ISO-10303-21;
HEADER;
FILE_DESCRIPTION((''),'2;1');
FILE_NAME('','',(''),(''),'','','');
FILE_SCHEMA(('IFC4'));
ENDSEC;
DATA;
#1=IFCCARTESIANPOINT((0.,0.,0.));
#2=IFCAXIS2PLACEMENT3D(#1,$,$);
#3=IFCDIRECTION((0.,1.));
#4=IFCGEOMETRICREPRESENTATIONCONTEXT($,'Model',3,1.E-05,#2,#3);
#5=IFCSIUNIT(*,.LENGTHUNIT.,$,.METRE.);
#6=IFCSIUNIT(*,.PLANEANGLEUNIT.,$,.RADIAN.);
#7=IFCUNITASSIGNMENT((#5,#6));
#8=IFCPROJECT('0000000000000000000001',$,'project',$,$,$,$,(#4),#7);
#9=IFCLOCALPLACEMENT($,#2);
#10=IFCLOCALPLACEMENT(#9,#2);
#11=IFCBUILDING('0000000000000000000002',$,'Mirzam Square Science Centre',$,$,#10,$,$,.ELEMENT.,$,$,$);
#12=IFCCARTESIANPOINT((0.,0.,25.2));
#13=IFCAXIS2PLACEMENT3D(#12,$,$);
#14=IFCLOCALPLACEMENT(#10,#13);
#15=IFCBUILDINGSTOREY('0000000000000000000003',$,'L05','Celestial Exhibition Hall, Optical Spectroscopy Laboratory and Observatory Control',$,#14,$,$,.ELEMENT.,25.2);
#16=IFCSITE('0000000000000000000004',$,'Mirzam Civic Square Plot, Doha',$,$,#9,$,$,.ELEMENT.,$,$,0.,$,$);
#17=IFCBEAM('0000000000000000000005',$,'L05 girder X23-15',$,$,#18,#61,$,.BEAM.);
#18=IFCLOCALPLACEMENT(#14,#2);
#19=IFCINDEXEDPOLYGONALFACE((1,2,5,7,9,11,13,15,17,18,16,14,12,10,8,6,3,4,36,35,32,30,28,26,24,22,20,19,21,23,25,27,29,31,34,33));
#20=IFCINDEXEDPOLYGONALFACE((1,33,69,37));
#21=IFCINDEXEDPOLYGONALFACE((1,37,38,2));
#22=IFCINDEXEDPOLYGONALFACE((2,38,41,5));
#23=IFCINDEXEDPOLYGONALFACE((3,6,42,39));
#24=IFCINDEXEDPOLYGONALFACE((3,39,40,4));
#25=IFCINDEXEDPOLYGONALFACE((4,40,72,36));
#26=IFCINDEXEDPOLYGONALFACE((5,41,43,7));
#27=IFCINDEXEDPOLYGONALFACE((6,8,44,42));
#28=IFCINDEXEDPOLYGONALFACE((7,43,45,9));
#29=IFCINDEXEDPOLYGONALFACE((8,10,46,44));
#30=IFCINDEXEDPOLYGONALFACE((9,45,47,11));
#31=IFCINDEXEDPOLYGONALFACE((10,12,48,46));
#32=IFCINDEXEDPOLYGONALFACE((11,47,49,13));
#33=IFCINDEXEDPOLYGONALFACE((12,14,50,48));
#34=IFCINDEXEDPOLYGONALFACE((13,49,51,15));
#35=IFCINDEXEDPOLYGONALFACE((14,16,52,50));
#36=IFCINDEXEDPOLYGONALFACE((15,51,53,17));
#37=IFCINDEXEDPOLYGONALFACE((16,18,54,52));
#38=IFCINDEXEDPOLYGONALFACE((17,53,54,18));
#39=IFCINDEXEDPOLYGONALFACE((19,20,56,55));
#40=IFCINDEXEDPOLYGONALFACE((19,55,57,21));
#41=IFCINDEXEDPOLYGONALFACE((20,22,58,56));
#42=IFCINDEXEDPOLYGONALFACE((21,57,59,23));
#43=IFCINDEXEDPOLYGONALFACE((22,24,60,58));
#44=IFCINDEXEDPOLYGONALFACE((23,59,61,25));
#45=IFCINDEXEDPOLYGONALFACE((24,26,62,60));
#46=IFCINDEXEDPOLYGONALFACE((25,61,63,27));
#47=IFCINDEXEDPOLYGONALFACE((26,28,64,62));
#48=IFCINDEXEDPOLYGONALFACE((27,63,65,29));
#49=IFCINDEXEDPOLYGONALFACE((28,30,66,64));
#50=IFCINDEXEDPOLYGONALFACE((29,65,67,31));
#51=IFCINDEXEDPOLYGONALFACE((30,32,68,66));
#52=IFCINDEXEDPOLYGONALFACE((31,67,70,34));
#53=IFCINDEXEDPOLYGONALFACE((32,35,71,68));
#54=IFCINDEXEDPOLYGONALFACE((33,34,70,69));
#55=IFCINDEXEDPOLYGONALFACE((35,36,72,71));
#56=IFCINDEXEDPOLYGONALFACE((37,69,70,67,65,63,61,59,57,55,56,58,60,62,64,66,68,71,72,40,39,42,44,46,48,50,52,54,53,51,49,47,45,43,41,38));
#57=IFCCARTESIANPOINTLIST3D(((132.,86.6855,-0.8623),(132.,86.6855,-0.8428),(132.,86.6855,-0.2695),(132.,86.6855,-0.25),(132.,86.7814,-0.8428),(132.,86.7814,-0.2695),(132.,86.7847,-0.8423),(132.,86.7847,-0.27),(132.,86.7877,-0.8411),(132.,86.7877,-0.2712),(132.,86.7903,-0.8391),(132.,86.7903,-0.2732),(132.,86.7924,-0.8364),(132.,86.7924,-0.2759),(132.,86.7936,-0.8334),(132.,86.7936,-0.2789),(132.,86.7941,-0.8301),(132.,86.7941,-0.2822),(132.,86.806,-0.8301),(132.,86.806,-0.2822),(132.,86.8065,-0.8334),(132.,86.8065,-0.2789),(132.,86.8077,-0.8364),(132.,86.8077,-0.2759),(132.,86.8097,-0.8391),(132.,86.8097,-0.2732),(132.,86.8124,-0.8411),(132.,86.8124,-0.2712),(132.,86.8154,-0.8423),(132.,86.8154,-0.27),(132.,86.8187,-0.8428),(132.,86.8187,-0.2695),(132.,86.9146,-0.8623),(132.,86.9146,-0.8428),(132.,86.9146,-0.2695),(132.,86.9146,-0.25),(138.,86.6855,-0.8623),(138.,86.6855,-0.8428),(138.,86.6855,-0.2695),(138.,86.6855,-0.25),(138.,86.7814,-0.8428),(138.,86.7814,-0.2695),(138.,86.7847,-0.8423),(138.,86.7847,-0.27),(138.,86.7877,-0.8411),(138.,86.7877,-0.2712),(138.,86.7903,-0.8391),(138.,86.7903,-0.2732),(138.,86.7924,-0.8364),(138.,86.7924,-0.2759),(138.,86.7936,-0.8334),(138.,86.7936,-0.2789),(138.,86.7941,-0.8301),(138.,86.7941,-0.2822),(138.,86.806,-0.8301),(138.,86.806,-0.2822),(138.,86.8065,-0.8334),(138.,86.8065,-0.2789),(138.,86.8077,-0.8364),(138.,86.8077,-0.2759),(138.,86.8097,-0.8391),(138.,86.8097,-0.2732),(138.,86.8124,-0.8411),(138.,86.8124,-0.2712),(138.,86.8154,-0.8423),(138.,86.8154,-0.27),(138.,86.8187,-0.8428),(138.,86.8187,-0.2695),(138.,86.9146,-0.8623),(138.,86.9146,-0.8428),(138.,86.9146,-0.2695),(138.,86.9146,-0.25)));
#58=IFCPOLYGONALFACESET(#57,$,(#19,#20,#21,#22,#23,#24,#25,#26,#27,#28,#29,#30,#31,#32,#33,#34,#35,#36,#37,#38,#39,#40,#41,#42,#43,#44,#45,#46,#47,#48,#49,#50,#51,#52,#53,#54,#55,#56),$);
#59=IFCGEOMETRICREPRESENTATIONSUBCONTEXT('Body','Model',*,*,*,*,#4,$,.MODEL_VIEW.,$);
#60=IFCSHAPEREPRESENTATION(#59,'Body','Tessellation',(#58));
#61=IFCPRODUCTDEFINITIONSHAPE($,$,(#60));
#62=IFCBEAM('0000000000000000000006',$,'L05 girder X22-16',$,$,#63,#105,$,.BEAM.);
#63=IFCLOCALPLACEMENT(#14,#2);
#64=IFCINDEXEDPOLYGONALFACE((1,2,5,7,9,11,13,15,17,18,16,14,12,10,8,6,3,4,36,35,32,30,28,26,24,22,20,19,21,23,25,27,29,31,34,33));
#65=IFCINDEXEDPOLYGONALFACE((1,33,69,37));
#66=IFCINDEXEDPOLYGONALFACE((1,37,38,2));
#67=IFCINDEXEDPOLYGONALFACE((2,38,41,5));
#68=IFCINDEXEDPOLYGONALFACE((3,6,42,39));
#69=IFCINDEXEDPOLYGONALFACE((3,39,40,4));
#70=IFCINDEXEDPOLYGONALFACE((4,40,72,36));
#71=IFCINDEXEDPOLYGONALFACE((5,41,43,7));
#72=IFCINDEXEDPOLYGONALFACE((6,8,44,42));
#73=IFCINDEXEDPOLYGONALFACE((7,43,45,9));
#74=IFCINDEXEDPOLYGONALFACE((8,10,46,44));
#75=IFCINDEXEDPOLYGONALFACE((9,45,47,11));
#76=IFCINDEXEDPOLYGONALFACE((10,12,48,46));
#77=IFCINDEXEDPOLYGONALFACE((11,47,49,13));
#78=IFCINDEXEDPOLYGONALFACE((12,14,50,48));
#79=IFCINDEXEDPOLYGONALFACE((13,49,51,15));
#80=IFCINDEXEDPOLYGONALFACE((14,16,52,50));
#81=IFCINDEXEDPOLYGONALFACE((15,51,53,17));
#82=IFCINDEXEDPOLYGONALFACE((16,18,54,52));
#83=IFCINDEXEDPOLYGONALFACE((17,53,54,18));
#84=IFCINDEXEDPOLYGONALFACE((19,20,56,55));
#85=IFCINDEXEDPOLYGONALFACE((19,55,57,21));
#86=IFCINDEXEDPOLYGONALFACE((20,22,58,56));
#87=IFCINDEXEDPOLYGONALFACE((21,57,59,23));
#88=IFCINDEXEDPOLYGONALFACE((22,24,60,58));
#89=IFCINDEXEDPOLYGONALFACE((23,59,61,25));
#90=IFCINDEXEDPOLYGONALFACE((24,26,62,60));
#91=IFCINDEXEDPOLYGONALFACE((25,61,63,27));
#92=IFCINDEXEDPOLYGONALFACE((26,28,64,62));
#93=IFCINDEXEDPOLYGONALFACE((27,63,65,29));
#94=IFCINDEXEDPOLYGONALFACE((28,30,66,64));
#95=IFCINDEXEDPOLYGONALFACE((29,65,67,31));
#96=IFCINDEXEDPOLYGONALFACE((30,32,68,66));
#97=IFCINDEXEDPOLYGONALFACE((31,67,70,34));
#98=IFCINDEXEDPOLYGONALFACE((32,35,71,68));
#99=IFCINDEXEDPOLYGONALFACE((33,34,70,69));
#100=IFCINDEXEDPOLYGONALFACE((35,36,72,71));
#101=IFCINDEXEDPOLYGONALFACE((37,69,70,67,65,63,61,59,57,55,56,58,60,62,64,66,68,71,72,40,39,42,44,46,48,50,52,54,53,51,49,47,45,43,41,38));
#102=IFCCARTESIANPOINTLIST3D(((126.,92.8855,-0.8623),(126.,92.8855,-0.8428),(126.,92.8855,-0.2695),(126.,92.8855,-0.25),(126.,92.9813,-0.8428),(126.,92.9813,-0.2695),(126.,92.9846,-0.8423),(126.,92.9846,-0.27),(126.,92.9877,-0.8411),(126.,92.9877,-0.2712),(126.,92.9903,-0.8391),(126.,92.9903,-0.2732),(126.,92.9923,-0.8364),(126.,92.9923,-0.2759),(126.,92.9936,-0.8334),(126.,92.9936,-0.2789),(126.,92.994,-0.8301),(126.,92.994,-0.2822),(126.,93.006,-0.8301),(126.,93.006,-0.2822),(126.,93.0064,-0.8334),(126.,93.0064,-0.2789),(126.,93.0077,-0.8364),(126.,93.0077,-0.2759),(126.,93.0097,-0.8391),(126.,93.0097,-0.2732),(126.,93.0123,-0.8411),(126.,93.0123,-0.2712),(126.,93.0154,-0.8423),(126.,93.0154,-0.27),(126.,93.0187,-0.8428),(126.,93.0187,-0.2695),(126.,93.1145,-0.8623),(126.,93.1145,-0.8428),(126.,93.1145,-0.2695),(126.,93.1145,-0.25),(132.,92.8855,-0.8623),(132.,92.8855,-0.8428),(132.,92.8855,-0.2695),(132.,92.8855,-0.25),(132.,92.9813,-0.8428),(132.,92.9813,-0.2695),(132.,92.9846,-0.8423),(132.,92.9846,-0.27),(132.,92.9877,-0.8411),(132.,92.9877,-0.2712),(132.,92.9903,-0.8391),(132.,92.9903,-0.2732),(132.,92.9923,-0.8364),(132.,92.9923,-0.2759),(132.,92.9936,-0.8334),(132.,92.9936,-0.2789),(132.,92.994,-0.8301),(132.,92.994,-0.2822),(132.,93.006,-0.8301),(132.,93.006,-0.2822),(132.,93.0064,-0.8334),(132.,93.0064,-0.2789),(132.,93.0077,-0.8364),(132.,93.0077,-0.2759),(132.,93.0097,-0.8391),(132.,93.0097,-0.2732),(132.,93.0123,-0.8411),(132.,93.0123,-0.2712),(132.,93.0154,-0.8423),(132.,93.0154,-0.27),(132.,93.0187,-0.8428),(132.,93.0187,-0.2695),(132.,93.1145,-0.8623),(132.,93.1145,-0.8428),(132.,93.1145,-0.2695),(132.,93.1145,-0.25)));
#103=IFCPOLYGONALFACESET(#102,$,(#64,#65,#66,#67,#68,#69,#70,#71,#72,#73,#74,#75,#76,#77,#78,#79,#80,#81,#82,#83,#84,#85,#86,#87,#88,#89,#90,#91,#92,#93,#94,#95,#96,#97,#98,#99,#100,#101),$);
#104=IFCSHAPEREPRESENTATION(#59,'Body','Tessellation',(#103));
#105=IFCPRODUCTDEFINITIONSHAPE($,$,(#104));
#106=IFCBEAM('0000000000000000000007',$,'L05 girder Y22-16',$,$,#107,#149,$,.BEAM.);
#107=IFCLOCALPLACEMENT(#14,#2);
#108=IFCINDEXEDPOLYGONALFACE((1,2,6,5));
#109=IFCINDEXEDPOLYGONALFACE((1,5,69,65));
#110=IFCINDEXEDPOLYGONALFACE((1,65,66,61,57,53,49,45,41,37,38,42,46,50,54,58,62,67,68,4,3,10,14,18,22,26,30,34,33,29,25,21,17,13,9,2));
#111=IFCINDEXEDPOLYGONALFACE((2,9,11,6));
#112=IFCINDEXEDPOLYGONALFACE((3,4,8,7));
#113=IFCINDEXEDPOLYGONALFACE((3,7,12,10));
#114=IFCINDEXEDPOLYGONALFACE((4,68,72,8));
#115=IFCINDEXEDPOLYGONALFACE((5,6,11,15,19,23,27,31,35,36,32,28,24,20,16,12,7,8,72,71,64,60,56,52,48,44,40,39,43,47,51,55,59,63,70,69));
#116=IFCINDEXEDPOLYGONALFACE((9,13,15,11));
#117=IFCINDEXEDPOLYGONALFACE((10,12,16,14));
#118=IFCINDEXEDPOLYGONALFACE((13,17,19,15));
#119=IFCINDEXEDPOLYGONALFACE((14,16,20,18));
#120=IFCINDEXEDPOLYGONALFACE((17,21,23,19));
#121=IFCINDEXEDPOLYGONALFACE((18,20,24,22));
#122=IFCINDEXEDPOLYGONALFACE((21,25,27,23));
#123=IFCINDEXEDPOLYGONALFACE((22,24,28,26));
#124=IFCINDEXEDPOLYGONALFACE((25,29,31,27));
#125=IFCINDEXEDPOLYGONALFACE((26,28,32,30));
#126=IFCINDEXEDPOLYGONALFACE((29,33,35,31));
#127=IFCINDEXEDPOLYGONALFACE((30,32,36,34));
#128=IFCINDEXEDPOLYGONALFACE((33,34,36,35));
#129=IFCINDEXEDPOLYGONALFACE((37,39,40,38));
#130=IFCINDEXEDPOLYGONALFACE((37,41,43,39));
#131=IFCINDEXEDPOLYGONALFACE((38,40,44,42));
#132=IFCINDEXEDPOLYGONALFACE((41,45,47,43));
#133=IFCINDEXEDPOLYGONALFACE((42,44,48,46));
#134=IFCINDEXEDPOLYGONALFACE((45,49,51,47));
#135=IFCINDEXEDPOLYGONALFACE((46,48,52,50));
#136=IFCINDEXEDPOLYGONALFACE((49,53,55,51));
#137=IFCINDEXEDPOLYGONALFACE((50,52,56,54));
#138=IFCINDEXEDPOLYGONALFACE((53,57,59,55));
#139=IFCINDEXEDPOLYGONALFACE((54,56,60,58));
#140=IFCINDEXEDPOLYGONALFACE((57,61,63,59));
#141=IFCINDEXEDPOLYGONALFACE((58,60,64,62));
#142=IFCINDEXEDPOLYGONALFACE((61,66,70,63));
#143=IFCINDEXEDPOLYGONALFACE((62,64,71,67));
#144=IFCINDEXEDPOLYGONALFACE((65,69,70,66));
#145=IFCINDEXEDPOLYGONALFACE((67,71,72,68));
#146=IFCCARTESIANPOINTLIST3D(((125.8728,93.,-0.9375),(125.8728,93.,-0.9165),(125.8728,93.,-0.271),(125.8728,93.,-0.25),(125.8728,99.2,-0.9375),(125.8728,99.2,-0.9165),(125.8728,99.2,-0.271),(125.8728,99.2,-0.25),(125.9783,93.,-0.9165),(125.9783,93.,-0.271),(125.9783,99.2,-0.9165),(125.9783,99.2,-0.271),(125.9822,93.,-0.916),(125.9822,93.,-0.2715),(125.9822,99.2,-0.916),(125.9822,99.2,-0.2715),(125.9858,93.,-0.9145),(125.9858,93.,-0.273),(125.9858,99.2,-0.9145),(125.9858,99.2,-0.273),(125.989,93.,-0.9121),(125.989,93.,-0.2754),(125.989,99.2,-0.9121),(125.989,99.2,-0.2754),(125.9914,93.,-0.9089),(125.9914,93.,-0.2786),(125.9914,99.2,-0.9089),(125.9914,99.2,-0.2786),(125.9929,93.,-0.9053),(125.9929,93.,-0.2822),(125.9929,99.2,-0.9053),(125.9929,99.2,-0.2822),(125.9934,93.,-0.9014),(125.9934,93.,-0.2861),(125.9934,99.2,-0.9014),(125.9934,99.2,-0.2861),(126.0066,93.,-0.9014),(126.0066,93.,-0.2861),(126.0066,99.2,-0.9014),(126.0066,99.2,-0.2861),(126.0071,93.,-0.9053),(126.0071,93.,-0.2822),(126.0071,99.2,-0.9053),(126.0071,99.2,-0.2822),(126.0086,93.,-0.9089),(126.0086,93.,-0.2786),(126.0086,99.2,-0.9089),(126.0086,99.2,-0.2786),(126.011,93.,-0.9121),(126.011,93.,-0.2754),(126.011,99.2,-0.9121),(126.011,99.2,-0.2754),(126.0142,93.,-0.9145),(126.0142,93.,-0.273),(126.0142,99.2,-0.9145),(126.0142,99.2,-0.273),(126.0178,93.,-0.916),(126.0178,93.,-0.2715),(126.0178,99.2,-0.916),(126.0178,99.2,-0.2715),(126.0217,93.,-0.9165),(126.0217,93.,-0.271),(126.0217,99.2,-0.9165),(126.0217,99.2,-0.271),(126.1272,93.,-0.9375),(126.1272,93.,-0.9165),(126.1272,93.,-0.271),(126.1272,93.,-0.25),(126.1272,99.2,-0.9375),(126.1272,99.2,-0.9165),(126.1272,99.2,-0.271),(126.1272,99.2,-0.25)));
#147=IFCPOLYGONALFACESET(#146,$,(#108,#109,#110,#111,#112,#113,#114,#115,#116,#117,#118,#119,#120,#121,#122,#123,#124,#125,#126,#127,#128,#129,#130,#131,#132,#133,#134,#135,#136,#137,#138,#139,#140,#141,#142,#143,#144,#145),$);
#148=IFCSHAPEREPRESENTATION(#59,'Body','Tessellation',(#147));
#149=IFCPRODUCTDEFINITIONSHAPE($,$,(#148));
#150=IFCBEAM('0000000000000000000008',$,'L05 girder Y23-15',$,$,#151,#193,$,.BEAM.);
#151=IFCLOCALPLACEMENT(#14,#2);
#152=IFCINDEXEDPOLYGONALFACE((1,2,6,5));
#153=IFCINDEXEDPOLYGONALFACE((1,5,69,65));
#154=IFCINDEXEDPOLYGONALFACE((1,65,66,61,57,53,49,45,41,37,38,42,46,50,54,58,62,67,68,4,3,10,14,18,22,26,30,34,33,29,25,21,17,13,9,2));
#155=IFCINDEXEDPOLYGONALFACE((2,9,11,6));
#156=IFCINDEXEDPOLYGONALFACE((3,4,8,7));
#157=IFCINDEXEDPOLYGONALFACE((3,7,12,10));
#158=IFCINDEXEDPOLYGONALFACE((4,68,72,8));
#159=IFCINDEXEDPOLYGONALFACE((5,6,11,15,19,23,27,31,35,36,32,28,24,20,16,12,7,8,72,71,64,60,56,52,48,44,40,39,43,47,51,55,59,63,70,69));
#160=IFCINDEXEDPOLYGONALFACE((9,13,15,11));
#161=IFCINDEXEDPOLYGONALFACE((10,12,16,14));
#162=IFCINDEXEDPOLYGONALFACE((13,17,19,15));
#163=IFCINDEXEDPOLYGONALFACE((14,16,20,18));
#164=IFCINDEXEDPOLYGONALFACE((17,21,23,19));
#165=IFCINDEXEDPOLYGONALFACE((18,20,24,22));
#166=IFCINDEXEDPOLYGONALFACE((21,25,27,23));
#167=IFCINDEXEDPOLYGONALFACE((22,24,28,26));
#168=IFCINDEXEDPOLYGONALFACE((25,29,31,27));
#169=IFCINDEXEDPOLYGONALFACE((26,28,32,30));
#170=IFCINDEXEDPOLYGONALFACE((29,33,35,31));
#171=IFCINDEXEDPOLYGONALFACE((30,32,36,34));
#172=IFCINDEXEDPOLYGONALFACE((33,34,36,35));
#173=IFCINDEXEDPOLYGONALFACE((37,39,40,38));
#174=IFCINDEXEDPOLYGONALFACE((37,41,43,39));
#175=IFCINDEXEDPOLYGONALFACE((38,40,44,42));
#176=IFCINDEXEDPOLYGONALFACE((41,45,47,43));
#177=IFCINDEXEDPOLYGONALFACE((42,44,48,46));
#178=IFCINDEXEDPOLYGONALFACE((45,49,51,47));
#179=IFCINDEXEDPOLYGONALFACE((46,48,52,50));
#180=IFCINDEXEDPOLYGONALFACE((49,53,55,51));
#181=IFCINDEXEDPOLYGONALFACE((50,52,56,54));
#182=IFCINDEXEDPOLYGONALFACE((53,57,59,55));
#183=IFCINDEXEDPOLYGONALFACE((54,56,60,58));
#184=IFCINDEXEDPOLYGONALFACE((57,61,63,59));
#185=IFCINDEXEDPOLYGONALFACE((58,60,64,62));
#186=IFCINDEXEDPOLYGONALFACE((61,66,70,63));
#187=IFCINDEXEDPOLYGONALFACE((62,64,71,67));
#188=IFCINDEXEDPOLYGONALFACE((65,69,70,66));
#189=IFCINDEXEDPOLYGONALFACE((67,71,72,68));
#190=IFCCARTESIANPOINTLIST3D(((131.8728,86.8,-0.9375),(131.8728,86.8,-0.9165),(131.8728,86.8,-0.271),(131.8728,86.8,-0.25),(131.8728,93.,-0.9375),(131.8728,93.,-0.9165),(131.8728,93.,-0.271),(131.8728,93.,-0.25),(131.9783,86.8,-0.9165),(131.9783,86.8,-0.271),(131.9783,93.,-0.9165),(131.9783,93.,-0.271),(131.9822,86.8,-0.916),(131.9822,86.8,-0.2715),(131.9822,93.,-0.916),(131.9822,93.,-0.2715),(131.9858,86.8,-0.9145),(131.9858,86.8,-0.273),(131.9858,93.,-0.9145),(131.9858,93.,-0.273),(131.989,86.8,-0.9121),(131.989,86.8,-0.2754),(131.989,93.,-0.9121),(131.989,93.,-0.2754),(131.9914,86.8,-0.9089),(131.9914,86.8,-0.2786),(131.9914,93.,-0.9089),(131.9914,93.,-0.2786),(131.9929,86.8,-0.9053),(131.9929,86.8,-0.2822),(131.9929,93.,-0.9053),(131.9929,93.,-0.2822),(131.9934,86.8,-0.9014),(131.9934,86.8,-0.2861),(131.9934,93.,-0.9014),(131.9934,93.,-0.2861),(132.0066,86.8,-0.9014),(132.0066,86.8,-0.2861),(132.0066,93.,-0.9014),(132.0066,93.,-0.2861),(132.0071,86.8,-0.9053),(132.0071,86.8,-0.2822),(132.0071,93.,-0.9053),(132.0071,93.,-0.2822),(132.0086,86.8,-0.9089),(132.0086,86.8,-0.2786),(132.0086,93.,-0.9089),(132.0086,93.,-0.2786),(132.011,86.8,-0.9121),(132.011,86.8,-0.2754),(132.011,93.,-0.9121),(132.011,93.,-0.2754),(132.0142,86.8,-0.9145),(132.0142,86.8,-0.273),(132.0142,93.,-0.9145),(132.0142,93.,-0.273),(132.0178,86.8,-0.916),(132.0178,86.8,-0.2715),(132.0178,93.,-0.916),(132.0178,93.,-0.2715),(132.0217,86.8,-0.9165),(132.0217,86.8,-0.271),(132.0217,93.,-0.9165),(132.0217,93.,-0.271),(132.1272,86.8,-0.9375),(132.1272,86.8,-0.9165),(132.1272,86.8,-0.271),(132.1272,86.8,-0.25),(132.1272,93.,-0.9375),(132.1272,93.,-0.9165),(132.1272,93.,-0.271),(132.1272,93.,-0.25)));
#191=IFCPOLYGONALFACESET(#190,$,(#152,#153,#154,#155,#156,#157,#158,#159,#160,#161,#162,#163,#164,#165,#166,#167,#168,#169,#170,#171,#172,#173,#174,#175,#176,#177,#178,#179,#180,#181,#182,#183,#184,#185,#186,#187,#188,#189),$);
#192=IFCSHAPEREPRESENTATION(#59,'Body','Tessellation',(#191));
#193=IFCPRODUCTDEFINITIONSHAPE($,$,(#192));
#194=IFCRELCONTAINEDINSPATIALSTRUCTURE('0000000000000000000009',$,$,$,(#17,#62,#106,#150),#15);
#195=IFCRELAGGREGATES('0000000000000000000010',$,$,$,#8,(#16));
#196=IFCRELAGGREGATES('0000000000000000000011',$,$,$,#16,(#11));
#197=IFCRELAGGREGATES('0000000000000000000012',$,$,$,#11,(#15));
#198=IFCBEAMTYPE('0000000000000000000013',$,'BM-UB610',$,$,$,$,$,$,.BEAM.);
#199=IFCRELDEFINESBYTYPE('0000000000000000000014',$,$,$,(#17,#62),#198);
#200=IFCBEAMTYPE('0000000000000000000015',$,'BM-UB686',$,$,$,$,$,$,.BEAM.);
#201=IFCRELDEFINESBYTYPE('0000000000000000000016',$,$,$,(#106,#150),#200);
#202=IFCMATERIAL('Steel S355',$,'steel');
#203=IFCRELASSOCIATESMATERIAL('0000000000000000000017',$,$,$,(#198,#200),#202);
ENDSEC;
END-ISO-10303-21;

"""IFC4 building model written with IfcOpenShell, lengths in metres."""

from ifc_helpers import new_model, si_unit, direction, frame, origin, origin_2d, place, context, subcontext, project, spatial, i_section, extrude, material, material_profile, profile_set, type_object, element, save


model = new_model("IFC4")

# Units and contexts
model_context = context("Model", 3, precision=1e-05, world=origin(), true_north=direction((0.0, 1.0)))
body_context = subcontext(model_context, "Body", "Model", "MODEL_VIEW")
ifc_project = project(units=[si_unit("LENGTHUNIT", "METRE"), si_unit("PLANEANGLEUNIT", "RADIAN")], contexts=[model_context])

# Site, building, storey
site_placement = place(None, origin())
site = spatial("IfcSite", under=ifc_project, at=site_placement, Name="Mirzam Civic Square Plot, Doha", CompositionType="ELEMENT", RefElevation=0.0)
building_placement = place(site_placement, origin())
building = spatial("IfcBuilding", under=site, at=building_placement, Name="Mirzam Square Science Centre", CompositionType="ELEMENT")
storey_placement = place(building_placement, frame((0.0, 0.0, 25.2)))
storey = spatial("IfcBuildingStorey", under=building, at=storey_placement, Name="L05", Description="Celestial Exhibition Hall, Optical Spectroscopy Laboratory and Observatory Control", CompositionType="ELEMENT", Elevation=25.2)

# Shared definitions
ifc_material_1 = material(Name="Steel S355", Category="steel")

# Beams
ifc_material_profile_1 = material_profile(ifc_material_1, i_section(OverallWidth=0.229, OverallDepth=0.6123, WebThickness=0.012, FlangeThickness=0.0195, FilletRadius=0.0127, at=origin_2d()), Name="610x229x125UB")
ifc_profile_set_1 = profile_set([ifc_material_profile_1], Name="Steel S355")
beam_type_1 = type_object("IfcBeamType", Name="BM-UB610", PredefinedType="BEAM", material=ifc_profile_set_1)
for number, where, z_axis, x_axis, name in (
    (1, (132.0, 86.8, -0.5562), (1.0, 0.0, 0.0), (0.0, 1.0, 0.0), "L05 girder X23-15"),
    (2, (126.0, 93.0, -0.5562), (1.0, 0.0, 0.0), (0.0, 1.0, 0.0), "L05 girder X22-16"),
):
    element("IfcBeam", number, at=place(storey_placement, frame(where, z_axis=z_axis, x_axis=x_axis)), inside=storey, type_object=beam_type_1, Name=name, PredefinedType="BEAM", context=body_context, shape_type="SweptSolid", body=[
        extrude(i_section(OverallWidth=0.229, OverallDepth=0.6123, WebThickness=0.012, FlangeThickness=0.0195, FilletRadius=0.0127, at=origin_2d()), origin(), (0.0, 0.0, 1.0), 6.0),
    ])
ifc_material_profile_2 = material_profile(ifc_material_1, i_section(OverallWidth=0.2544, OverallDepth=0.6875, WebThickness=0.0132, FlangeThickness=0.021, FilletRadius=0.0151, at=origin_2d()), Name="686x254x152UB")
ifc_profile_set_2 = profile_set([ifc_material_profile_2], Name="Steel S355")
beam_type_2 = type_object("IfcBeamType", Name="BM-UB686", PredefinedType="BEAM", material=ifc_profile_set_2)
for number, where, z_axis, x_axis, name in (
    (3, (126.0, 93.0, -0.5938), (0.0, 1.0, 0.0), (-1.0, 0.0, 0.0), "L05 girder Y22-16"),
    (4, (132.0, 86.8, -0.5938), (0.0, 1.0, 0.0), (-1.0, 0.0, 0.0), "L05 girder Y23-15"),
):
    element("IfcBeam", number, at=place(storey_placement, frame(where, z_axis=z_axis, x_axis=x_axis)), inside=storey, type_object=beam_type_2, Name=name, PredefinedType="BEAM", context=body_context, shape_type="SweptSolid", body=[
        extrude(i_section(OverallWidth=0.2544, OverallDepth=0.6875, WebThickness=0.0132, FlangeThickness=0.021, FilletRadius=0.0151, at=origin_2d()), origin(), (0.0, 0.0, 1.0), 6.2),
    ])

save(model, "model.ifc")
